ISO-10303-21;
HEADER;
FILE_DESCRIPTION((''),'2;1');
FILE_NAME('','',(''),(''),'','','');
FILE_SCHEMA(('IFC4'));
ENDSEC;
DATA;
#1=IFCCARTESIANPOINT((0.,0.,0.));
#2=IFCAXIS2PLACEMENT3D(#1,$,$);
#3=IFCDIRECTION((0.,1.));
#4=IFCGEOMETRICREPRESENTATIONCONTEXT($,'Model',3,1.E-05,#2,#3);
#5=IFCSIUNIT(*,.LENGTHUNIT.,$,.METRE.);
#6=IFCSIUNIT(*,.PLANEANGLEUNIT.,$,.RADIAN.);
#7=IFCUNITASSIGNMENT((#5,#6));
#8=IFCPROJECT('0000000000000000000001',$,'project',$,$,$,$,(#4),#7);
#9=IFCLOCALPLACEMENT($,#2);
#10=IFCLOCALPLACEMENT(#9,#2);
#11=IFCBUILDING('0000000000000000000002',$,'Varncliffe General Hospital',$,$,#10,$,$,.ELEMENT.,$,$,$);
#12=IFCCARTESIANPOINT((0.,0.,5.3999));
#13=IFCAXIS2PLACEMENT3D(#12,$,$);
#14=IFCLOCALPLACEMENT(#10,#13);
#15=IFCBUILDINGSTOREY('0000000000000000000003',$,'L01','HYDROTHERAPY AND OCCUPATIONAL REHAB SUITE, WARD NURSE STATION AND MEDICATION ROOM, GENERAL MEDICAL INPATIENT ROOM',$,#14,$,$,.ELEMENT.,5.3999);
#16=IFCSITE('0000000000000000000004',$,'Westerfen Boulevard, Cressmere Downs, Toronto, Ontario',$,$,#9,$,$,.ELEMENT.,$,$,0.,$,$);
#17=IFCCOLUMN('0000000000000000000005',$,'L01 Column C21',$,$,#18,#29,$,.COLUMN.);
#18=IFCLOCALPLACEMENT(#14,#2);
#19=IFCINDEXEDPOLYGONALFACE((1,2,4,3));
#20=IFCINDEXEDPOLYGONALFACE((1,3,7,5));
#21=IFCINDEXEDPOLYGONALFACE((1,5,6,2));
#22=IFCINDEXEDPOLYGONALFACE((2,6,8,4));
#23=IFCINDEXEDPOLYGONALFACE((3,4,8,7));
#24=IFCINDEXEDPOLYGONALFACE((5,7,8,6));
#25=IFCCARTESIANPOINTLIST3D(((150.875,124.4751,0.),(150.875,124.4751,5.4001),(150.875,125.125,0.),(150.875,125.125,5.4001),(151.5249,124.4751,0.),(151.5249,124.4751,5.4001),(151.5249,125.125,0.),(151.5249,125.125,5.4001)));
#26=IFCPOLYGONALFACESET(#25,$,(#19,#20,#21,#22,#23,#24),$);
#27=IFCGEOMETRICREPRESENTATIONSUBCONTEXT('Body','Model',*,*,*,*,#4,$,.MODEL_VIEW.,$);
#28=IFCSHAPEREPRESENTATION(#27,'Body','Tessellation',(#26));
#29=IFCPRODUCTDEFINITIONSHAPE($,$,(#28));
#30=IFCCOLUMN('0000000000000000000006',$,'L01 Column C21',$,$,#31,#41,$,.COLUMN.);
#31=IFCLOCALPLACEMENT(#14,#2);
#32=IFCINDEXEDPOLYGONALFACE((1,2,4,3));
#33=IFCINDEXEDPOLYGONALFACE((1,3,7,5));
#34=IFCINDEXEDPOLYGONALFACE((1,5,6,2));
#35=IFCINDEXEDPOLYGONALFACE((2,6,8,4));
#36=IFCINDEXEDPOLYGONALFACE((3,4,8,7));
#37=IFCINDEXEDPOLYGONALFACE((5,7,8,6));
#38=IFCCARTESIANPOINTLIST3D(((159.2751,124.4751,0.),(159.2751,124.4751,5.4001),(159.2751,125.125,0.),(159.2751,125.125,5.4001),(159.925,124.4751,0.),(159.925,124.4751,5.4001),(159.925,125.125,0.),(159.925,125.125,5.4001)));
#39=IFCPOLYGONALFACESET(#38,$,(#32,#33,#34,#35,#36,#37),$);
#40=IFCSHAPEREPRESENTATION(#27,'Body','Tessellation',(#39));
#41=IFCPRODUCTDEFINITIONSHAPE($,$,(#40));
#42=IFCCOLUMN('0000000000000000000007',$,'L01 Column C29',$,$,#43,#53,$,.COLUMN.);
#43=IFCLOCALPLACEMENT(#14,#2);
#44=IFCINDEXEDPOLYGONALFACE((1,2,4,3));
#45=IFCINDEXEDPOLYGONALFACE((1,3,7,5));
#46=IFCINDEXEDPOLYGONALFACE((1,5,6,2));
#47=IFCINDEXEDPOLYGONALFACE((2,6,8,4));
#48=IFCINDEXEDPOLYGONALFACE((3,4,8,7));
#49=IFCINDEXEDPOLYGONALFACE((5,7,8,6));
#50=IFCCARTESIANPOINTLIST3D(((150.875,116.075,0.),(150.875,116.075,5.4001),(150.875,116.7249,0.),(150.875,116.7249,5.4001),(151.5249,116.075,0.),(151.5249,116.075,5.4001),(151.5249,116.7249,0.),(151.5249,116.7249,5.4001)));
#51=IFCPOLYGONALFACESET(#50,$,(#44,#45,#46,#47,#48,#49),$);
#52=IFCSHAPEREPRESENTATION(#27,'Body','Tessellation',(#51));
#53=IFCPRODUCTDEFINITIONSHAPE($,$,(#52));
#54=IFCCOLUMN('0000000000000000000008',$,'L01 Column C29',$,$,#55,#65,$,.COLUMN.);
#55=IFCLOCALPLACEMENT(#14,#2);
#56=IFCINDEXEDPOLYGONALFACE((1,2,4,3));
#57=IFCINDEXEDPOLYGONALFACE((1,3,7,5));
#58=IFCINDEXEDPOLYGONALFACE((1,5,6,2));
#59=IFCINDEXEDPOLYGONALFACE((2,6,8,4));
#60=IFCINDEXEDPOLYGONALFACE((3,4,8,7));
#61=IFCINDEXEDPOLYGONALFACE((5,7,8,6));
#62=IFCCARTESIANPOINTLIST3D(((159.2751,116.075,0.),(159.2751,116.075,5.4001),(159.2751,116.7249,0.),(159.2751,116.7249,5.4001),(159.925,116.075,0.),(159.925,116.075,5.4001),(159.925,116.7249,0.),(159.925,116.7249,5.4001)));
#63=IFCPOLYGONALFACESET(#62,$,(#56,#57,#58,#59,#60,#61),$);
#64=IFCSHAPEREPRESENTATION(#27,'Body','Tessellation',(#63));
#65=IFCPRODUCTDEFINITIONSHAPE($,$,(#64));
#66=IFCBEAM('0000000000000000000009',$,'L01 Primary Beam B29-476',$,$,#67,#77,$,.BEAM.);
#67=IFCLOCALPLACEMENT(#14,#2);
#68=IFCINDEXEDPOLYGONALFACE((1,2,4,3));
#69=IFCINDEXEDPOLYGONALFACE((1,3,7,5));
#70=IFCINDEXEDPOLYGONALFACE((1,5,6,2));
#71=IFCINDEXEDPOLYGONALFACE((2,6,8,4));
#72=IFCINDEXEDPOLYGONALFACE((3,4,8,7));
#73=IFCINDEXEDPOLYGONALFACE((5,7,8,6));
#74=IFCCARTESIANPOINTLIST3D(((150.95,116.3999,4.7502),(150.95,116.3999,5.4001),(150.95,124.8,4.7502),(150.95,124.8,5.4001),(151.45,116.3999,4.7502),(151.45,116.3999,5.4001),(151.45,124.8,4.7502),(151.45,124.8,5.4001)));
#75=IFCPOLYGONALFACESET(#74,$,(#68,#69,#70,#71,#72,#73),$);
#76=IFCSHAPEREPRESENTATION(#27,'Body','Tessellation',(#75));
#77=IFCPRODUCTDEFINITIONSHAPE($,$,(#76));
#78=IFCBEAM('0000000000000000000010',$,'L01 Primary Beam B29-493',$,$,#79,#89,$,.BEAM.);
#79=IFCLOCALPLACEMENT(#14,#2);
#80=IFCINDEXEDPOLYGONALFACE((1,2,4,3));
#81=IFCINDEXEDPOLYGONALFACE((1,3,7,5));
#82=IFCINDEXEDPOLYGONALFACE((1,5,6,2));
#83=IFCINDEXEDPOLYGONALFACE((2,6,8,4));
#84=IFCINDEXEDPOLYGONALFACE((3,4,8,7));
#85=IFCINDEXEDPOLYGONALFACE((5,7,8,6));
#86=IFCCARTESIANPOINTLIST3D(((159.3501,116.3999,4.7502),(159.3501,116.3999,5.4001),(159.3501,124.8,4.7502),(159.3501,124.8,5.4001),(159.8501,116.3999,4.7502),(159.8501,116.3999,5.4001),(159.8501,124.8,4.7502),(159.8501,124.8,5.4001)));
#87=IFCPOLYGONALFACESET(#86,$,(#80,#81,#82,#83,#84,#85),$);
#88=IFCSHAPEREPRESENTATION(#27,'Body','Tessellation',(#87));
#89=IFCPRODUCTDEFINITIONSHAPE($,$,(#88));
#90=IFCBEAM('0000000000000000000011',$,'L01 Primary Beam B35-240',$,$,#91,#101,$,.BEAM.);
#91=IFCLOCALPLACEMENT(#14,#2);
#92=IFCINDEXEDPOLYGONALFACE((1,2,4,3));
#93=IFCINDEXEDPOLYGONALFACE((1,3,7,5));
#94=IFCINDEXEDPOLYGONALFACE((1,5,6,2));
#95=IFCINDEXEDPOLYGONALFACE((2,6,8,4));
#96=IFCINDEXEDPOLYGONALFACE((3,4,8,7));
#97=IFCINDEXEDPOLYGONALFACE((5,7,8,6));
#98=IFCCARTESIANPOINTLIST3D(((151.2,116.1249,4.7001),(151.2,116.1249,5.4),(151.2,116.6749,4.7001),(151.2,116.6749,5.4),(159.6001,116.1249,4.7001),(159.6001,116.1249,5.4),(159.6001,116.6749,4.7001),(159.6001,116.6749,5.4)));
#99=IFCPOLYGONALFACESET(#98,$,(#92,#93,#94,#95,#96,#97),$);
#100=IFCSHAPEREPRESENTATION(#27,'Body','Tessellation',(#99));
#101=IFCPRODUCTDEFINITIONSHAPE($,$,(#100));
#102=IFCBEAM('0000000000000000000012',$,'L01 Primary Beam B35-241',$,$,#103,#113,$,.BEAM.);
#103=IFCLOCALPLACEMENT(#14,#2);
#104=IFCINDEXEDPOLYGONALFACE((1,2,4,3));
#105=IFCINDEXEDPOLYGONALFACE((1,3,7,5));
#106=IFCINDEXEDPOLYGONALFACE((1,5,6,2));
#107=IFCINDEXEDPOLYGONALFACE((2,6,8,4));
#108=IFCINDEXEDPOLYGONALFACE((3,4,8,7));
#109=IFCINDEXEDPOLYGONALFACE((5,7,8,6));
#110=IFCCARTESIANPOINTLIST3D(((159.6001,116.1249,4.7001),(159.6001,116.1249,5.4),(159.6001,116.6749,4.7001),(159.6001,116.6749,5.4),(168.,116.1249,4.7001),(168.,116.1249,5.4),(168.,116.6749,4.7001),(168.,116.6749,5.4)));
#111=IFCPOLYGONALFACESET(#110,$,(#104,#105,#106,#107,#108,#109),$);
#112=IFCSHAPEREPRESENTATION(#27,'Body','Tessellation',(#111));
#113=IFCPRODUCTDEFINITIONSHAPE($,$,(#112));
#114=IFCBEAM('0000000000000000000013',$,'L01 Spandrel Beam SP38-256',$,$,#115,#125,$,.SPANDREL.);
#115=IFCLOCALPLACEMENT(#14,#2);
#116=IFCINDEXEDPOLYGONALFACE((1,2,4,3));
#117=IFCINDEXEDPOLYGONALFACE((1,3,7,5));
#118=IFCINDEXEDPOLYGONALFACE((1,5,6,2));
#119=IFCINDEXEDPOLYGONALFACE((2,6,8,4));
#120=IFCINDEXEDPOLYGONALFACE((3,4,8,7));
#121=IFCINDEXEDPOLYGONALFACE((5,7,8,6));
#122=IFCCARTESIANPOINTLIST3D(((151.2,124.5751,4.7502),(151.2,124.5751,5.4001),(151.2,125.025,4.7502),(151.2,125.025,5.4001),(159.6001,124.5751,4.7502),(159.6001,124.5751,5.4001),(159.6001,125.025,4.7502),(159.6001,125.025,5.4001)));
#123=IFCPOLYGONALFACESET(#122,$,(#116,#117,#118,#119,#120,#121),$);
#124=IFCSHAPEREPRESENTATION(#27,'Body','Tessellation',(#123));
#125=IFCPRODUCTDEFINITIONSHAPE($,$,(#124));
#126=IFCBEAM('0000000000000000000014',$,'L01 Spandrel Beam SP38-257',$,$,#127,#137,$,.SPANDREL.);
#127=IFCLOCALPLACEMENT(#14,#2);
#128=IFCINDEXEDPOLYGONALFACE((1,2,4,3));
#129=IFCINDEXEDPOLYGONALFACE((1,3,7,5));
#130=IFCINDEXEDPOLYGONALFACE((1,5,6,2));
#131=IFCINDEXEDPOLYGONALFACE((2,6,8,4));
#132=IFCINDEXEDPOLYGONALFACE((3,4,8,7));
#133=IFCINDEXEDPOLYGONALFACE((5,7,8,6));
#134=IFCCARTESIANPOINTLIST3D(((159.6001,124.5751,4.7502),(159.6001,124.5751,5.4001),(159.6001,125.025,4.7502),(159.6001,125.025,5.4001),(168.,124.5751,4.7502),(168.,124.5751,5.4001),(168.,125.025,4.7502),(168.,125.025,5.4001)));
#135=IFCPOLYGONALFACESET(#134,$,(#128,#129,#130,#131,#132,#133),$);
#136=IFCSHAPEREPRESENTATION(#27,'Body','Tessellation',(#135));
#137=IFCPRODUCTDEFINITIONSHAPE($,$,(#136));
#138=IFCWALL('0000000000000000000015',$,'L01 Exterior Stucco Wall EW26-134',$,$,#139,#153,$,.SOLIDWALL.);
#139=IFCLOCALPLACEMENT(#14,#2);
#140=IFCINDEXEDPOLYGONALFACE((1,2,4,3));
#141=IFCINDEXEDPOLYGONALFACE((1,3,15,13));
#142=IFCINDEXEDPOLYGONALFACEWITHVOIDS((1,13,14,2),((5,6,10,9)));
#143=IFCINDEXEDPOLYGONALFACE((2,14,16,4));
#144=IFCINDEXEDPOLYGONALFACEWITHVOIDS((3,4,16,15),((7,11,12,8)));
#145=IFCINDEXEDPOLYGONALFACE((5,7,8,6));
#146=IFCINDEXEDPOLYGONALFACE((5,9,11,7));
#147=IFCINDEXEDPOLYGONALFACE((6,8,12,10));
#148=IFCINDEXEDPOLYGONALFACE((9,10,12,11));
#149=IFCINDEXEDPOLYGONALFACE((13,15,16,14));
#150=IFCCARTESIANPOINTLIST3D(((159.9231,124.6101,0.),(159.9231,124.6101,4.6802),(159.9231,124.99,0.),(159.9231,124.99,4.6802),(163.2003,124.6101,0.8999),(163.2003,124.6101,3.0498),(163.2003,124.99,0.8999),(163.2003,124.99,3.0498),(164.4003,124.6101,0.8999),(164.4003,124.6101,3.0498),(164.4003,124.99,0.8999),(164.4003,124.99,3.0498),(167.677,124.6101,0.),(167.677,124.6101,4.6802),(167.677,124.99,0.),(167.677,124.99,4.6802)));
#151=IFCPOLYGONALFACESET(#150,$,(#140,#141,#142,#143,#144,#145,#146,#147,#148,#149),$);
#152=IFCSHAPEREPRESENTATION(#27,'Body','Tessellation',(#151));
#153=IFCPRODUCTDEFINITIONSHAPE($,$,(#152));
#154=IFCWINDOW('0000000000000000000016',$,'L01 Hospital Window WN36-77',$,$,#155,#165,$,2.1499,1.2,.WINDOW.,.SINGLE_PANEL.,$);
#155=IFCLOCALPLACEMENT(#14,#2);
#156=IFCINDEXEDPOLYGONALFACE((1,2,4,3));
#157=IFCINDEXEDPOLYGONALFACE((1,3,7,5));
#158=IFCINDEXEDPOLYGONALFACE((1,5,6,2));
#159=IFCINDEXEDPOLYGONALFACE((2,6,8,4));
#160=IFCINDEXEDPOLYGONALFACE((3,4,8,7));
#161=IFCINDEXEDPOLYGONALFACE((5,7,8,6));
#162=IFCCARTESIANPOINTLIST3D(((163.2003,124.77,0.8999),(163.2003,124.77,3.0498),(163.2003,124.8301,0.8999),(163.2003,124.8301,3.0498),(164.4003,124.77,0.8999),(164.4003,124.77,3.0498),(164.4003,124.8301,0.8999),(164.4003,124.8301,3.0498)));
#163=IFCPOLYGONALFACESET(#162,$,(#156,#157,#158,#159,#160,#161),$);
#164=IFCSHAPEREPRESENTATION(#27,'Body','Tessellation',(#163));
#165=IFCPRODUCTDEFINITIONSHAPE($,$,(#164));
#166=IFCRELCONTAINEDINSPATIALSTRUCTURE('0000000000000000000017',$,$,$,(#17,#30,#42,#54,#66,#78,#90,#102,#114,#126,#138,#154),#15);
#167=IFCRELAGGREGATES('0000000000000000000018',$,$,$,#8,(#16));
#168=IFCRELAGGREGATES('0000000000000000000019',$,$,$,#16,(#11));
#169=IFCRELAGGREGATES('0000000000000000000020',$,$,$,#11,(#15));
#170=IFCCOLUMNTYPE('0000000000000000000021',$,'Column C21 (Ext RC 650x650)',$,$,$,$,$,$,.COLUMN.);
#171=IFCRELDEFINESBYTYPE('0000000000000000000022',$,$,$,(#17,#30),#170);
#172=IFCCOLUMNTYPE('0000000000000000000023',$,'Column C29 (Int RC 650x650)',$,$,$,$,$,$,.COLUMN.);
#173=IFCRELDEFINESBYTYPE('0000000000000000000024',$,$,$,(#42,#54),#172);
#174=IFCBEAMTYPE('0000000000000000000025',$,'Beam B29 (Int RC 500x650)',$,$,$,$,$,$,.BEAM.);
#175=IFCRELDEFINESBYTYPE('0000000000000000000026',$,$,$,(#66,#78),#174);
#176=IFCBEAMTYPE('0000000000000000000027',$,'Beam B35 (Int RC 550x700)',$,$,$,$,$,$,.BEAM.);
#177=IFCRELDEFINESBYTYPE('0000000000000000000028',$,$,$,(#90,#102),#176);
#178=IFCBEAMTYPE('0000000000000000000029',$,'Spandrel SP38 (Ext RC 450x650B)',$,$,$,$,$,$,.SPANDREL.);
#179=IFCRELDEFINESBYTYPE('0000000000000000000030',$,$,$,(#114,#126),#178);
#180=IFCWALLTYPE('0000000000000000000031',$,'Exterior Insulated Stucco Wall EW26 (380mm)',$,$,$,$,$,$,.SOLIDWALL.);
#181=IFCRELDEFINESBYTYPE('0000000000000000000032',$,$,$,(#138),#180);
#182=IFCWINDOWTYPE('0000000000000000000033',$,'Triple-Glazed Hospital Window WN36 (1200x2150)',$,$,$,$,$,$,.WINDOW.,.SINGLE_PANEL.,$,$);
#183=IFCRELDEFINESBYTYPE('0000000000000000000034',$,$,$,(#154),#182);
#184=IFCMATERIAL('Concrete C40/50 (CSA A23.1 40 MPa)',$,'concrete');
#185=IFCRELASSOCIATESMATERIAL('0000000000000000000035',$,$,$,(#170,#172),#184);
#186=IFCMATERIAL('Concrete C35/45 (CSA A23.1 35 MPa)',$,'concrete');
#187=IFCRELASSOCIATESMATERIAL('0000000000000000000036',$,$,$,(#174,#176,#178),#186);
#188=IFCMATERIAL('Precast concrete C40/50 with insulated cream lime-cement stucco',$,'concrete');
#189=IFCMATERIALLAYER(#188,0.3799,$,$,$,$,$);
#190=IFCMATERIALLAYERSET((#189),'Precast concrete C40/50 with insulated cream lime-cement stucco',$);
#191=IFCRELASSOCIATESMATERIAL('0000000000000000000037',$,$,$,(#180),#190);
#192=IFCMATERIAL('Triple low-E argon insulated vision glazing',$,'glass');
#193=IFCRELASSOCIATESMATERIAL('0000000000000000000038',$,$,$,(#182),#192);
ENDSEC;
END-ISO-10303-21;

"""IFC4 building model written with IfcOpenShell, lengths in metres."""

from ifc_helpers import new_model, si_unit, direction, frame, frame_2d, origin, origin_2d, place, context, subcontext, project, spatial, rectangle, extrude, material, layer, layer_set, material_profile, profile_set, type_object, element, fill, save


model = new_model("IFC4")

# Units and contexts
model_context = context("Model", 3, precision=1e-05, world=origin(), true_north=direction((0.0, 1.0)))
body_context = subcontext(model_context, "Body", "Model", "MODEL_VIEW")
ifc_project = project(units=[si_unit("LENGTHUNIT", "METRE"), si_unit("PLANEANGLEUNIT", "RADIAN")], contexts=[model_context])

# Site, building, storey
site_placement = place(None, origin())
site = spatial("IfcSite", under=ifc_project, at=site_placement, Name="Westerfen Boulevard, Cressmere Downs, Toronto, Ontario", CompositionType="ELEMENT", RefElevation=0.0)
building_placement = place(site_placement, origin())
building = spatial("IfcBuilding", under=site, at=building_placement, Name="Varncliffe General Hospital", CompositionType="ELEMENT")
storey_placement = place(building_placement, frame((0.0, 0.0, 5.3999)))
storey = spatial("IfcBuildingStorey", under=building, at=storey_placement, Name="L01", Description="HYDROTHERAPY AND OCCUPATIONAL REHAB SUITE, WARD NURSE STATION AND MEDICATION ROOM, GENERAL MEDICAL INPATIENT ROOM", CompositionType="ELEMENT", Elevation=5.3999)

# Columns
ifc_material_1 = material(Name="Concrete C40/50 (CSA A23.1 40 MPa)", Category="concrete")
ifc_material_profile_1 = material_profile(ifc_material_1, rectangle(XDim=0.6499, YDim=0.6499, at=origin_2d()), Name="RC 650x650")
ifc_profile_set_1 = profile_set([ifc_material_profile_1], Name="Concrete C40/50 (CSA A23.1 40 MPa)")
column_type_1 = type_object("IfcColumnType", Name="Column C21 (Ext RC 650x650)", PredefinedType="COLUMN", material=ifc_profile_set_1)
for number, where, z_axis, x_axis, name in (
    (1, (151.2, 124.8, 0.0), (0.0, 0.0, 1.0), (1.0, 0.0, 0.0), "L01 Column C21"),
    (2, (159.6001, 124.8, 0.0), (0.0, 0.0, 1.0), (1.0, 0.0, 0.0), "L01 Column C21"),
):
    element("IfcColumn", number, at=place(storey_placement, frame(where, z_axis=z_axis, x_axis=x_axis)), inside=storey, type_object=column_type_1, Name=name, PredefinedType="COLUMN", context=body_context, shape_type="SweptSolid", body=[
        extrude(rectangle(XDim=0.6499, YDim=0.6499, at=origin_2d()), origin(), (0.0, 0.0, 1.0), 5.4001),
    ])
ifc_material_profile_2 = material_profile(ifc_material_1, rectangle(XDim=0.6499, YDim=0.6499, at=origin_2d()), Name="RC 650x650")
ifc_profile_set_2 = profile_set([ifc_material_profile_2], Name="Concrete C40/50 (CSA A23.1 40 MPa)")
column_type_2 = type_object("IfcColumnType", Name="Column C29 (Int RC 650x650)", PredefinedType="COLUMN", material=ifc_profile_set_2)
for number, where, z_axis, x_axis, name in (
    (3, (151.2, 116.3999, 0.0), (0.0, 0.0, 1.0), (1.0, 0.0, 0.0), "L01 Column C29"),
    (4, (159.6001, 116.3999, 0.0), (0.0, 0.0, 1.0), (1.0, 0.0, 0.0), "L01 Column C29"),
):
    element("IfcColumn", number, at=place(storey_placement, frame(where, z_axis=z_axis, x_axis=x_axis)), inside=storey, type_object=column_type_2, Name=name, PredefinedType="COLUMN", context=body_context, shape_type="SweptSolid", body=[
        extrude(rectangle(XDim=0.6499, YDim=0.6499, at=origin_2d()), origin(), (0.0, 0.0, 1.0), 5.4001),
    ])

# Beams
ifc_material_2 = material(Name="Concrete C35/45 (CSA A23.1 35 MPa)", Category="concrete")
ifc_material_profile_3 = material_profile(ifc_material_2, rectangle(XDim=0.5, YDim=0.6499, at=origin_2d()), Name="RC 500x650")
ifc_profile_set_3 = profile_set([ifc_material_profile_3], Name="Concrete C35/45 (CSA A23.1 35 MPa)")
beam_type_1 = type_object("IfcBeamType", Name="Beam B29 (Int RC 500x650)", PredefinedType="BEAM", material=ifc_profile_set_3)
for number, where, z_axis, x_axis, name in (
    (5, (151.2, 116.3999, 5.0752), (0.0, 1.0, 0.0), (-1.0, 0.0, 0.0), "L01 Primary Beam B29-476"),
    (6, (159.6001, 116.3999, 5.0752), (0.0, 1.0, 0.0), (-1.0, 0.0, 0.0), "L01 Primary Beam B29-493"),
):
    element("IfcBeam", number, at=place(storey_placement, frame(where, z_axis=z_axis, x_axis=x_axis)), inside=storey, type_object=beam_type_1, Name=name, PredefinedType="BEAM", context=body_context, shape_type="SweptSolid", body=[
        extrude(rectangle(XDim=0.5, YDim=0.6499, at=origin_2d()), origin(), (0.0, 0.0, 1.0), 8.4001),
    ])
ifc_material_profile_4 = material_profile(ifc_material_2, rectangle(XDim=0.55, YDim=0.7, at=origin_2d()), Name="RC 550x700")
ifc_profile_set_4 = profile_set([ifc_material_profile_4], Name="Concrete C35/45 (CSA A23.1 35 MPa)")
beam_type_2 = type_object("IfcBeamType", Name="Beam B35 (Int RC 550x700)", PredefinedType="BEAM", material=ifc_profile_set_4)
beam_1_placement = place(storey_placement, frame((151.2, 116.3999, 5.05), z_axis=(1.0, 0.0, 0.0), x_axis=(0.0, 1.0, 0.0)))
element("IfcBeam", 7, at=beam_1_placement, inside=storey, type_object=beam_type_2, Name="L01 Primary Beam B35-240", PredefinedType="BEAM", context=body_context, shape_type="SweptSolid", body=[
    extrude(rectangle(XDim=0.55, YDim=0.7, at=origin_2d()), origin(), (0.0, 0.0, 1.0), 8.4001),
])
beam_2_placement = place(storey_placement, frame((159.6001, 116.3999, 5.05), z_axis=(1.0, 0.0, 0.0), x_axis=(0.0, 1.0, 0.0)))
element("IfcBeam", 8, at=beam_2_placement, inside=storey, type_object=beam_type_2, Name="L01 Primary Beam B35-241", PredefinedType="BEAM", context=body_context, shape_type="SweptSolid", body=[
    extrude(rectangle(XDim=0.55, YDim=0.7, at=origin_2d()), origin(), (0.0, 0.0, 1.0), 8.3999),
])
ifc_material_profile_5 = material_profile(ifc_material_2, rectangle(XDim=0.45, YDim=0.6499, at=origin_2d()), Name="RC 450x650")
ifc_profile_set_5 = profile_set([ifc_material_profile_5], Name="Concrete C35/45 (CSA A23.1 35 MPa)")
beam_type_3 = type_object("IfcBeamType", Name="Spandrel SP38 (Ext RC 450x650B)", PredefinedType="SPANDREL", material=ifc_profile_set_5)
beam_3_placement = place(storey_placement, frame((151.2, 124.8, 5.0752), z_axis=(1.0, 0.0, 0.0), x_axis=(0.0, 1.0, 0.0)))
element("IfcBeam", 9, at=beam_3_placement, inside=storey, type_object=beam_type_3, Name="L01 Spandrel Beam SP38-256", PredefinedType="SPANDREL", context=body_context, shape_type="SweptSolid", body=[
    extrude(rectangle(XDim=0.45, YDim=0.6499, at=origin_2d()), origin(), (0.0, 0.0, 1.0), 8.4001),
])
beam_4_placement = place(storey_placement, frame((159.6001, 124.8, 5.0752), z_axis=(1.0, 0.0, 0.0), x_axis=(0.0, 1.0, 0.0)))
element("IfcBeam", 10, at=beam_4_placement, inside=storey, type_object=beam_type_3, Name="L01 Spandrel Beam SP38-257", PredefinedType="SPANDREL", context=body_context, shape_type="SweptSolid", body=[
    extrude(rectangle(XDim=0.45, YDim=0.6499, at=origin_2d()), origin(), (0.0, 0.0, 1.0), 8.3999),
])

# Wall, opening, window
ifc_material_3 = material(Name="Precast concrete C40/50 with insulated cream lime-cement stucco", Category="concrete")
ifc_layer_1 = layer(ifc_material_3, 0.3799)
ifc_layer_set_1 = layer_set([ifc_layer_1], Name="Precast concrete C40/50 with insulated cream lime-cement stucco")
wall_type_1 = type_object("IfcWallType", Name="Exterior Insulated Stucco Wall EW26 (380mm)", PredefinedType="SOLIDWALL", material=ifc_layer_set_1)
wall_1_placement = place(storey_placement, frame((159.9231, 124.8, 0.0), z_axis=(0.0, 0.0, 1.0), x_axis=(1.0, 0.0, 0.0)))
wall_1 = element("IfcWall", 11, at=wall_1_placement, inside=storey, type_object=wall_type_1, Name="L01 Exterior Stucco Wall EW26-134", PredefinedType="SOLIDWALL", context=body_context, shape_type="SweptSolid", body=[
    extrude(rectangle(XDim=7.7539, YDim=0.3799, at=frame_2d((3.877, 0.0))), origin(), (0.0, 0.0, 1.0), 4.6802),
])
opening_1_placement = place(wall_1_placement, frame((3.2771, 0.0, 0.8999)))
opening_1 = element("IfcOpeningElement", 12, at=opening_1_placement, cuts=wall_1, PredefinedType="OPENING", context=body_context, shape_type="SweptSolid", body=[
    extrude(rectangle(XDim=1.2, YDim=2.1499, at=frame_2d((0.6001, 1.075))), frame((0.0, 0.2, 0.0), z_axis=(0.0, -1.0, 0.0), x_axis=(1.0, 0.0, 0.0)), (0.0, 0.0, 1.0), 0.3999),
])
ifc_material_4 = material(Name="Triple low-E argon insulated vision glazing", Category="glass")
window_type_1 = type_object("IfcWindowType", Name="Triple-Glazed Hospital Window WN36 (1200x2150)", PartitioningType="SINGLE_PANEL", PredefinedType="WINDOW", material=ifc_material_4)
window_1_placement = place(opening_1_placement, origin())
window_1 = element("IfcWindow", 13, at=window_1_placement, inside=storey, type_object=window_type_1, Name="L01 Hospital Window WN36-77", OverallHeight=2.1499, OverallWidth=1.2, PartitioningType="SINGLE_PANEL", PredefinedType="WINDOW", context=body_context, shape_type="SweptSolid", body=[
    extrude(rectangle(XDim=1.2, YDim=2.1499, at=frame_2d((0.6001, 1.075))), frame((0.0, 0.03, 0.0), z_axis=(0.0, -1.0, 0.0), x_axis=(1.0, 0.0, 0.0)), (0.0, 0.0, 1.0), 0.0601),
])
fill(opening_1, window_1)

save(model, "model.ifc")
